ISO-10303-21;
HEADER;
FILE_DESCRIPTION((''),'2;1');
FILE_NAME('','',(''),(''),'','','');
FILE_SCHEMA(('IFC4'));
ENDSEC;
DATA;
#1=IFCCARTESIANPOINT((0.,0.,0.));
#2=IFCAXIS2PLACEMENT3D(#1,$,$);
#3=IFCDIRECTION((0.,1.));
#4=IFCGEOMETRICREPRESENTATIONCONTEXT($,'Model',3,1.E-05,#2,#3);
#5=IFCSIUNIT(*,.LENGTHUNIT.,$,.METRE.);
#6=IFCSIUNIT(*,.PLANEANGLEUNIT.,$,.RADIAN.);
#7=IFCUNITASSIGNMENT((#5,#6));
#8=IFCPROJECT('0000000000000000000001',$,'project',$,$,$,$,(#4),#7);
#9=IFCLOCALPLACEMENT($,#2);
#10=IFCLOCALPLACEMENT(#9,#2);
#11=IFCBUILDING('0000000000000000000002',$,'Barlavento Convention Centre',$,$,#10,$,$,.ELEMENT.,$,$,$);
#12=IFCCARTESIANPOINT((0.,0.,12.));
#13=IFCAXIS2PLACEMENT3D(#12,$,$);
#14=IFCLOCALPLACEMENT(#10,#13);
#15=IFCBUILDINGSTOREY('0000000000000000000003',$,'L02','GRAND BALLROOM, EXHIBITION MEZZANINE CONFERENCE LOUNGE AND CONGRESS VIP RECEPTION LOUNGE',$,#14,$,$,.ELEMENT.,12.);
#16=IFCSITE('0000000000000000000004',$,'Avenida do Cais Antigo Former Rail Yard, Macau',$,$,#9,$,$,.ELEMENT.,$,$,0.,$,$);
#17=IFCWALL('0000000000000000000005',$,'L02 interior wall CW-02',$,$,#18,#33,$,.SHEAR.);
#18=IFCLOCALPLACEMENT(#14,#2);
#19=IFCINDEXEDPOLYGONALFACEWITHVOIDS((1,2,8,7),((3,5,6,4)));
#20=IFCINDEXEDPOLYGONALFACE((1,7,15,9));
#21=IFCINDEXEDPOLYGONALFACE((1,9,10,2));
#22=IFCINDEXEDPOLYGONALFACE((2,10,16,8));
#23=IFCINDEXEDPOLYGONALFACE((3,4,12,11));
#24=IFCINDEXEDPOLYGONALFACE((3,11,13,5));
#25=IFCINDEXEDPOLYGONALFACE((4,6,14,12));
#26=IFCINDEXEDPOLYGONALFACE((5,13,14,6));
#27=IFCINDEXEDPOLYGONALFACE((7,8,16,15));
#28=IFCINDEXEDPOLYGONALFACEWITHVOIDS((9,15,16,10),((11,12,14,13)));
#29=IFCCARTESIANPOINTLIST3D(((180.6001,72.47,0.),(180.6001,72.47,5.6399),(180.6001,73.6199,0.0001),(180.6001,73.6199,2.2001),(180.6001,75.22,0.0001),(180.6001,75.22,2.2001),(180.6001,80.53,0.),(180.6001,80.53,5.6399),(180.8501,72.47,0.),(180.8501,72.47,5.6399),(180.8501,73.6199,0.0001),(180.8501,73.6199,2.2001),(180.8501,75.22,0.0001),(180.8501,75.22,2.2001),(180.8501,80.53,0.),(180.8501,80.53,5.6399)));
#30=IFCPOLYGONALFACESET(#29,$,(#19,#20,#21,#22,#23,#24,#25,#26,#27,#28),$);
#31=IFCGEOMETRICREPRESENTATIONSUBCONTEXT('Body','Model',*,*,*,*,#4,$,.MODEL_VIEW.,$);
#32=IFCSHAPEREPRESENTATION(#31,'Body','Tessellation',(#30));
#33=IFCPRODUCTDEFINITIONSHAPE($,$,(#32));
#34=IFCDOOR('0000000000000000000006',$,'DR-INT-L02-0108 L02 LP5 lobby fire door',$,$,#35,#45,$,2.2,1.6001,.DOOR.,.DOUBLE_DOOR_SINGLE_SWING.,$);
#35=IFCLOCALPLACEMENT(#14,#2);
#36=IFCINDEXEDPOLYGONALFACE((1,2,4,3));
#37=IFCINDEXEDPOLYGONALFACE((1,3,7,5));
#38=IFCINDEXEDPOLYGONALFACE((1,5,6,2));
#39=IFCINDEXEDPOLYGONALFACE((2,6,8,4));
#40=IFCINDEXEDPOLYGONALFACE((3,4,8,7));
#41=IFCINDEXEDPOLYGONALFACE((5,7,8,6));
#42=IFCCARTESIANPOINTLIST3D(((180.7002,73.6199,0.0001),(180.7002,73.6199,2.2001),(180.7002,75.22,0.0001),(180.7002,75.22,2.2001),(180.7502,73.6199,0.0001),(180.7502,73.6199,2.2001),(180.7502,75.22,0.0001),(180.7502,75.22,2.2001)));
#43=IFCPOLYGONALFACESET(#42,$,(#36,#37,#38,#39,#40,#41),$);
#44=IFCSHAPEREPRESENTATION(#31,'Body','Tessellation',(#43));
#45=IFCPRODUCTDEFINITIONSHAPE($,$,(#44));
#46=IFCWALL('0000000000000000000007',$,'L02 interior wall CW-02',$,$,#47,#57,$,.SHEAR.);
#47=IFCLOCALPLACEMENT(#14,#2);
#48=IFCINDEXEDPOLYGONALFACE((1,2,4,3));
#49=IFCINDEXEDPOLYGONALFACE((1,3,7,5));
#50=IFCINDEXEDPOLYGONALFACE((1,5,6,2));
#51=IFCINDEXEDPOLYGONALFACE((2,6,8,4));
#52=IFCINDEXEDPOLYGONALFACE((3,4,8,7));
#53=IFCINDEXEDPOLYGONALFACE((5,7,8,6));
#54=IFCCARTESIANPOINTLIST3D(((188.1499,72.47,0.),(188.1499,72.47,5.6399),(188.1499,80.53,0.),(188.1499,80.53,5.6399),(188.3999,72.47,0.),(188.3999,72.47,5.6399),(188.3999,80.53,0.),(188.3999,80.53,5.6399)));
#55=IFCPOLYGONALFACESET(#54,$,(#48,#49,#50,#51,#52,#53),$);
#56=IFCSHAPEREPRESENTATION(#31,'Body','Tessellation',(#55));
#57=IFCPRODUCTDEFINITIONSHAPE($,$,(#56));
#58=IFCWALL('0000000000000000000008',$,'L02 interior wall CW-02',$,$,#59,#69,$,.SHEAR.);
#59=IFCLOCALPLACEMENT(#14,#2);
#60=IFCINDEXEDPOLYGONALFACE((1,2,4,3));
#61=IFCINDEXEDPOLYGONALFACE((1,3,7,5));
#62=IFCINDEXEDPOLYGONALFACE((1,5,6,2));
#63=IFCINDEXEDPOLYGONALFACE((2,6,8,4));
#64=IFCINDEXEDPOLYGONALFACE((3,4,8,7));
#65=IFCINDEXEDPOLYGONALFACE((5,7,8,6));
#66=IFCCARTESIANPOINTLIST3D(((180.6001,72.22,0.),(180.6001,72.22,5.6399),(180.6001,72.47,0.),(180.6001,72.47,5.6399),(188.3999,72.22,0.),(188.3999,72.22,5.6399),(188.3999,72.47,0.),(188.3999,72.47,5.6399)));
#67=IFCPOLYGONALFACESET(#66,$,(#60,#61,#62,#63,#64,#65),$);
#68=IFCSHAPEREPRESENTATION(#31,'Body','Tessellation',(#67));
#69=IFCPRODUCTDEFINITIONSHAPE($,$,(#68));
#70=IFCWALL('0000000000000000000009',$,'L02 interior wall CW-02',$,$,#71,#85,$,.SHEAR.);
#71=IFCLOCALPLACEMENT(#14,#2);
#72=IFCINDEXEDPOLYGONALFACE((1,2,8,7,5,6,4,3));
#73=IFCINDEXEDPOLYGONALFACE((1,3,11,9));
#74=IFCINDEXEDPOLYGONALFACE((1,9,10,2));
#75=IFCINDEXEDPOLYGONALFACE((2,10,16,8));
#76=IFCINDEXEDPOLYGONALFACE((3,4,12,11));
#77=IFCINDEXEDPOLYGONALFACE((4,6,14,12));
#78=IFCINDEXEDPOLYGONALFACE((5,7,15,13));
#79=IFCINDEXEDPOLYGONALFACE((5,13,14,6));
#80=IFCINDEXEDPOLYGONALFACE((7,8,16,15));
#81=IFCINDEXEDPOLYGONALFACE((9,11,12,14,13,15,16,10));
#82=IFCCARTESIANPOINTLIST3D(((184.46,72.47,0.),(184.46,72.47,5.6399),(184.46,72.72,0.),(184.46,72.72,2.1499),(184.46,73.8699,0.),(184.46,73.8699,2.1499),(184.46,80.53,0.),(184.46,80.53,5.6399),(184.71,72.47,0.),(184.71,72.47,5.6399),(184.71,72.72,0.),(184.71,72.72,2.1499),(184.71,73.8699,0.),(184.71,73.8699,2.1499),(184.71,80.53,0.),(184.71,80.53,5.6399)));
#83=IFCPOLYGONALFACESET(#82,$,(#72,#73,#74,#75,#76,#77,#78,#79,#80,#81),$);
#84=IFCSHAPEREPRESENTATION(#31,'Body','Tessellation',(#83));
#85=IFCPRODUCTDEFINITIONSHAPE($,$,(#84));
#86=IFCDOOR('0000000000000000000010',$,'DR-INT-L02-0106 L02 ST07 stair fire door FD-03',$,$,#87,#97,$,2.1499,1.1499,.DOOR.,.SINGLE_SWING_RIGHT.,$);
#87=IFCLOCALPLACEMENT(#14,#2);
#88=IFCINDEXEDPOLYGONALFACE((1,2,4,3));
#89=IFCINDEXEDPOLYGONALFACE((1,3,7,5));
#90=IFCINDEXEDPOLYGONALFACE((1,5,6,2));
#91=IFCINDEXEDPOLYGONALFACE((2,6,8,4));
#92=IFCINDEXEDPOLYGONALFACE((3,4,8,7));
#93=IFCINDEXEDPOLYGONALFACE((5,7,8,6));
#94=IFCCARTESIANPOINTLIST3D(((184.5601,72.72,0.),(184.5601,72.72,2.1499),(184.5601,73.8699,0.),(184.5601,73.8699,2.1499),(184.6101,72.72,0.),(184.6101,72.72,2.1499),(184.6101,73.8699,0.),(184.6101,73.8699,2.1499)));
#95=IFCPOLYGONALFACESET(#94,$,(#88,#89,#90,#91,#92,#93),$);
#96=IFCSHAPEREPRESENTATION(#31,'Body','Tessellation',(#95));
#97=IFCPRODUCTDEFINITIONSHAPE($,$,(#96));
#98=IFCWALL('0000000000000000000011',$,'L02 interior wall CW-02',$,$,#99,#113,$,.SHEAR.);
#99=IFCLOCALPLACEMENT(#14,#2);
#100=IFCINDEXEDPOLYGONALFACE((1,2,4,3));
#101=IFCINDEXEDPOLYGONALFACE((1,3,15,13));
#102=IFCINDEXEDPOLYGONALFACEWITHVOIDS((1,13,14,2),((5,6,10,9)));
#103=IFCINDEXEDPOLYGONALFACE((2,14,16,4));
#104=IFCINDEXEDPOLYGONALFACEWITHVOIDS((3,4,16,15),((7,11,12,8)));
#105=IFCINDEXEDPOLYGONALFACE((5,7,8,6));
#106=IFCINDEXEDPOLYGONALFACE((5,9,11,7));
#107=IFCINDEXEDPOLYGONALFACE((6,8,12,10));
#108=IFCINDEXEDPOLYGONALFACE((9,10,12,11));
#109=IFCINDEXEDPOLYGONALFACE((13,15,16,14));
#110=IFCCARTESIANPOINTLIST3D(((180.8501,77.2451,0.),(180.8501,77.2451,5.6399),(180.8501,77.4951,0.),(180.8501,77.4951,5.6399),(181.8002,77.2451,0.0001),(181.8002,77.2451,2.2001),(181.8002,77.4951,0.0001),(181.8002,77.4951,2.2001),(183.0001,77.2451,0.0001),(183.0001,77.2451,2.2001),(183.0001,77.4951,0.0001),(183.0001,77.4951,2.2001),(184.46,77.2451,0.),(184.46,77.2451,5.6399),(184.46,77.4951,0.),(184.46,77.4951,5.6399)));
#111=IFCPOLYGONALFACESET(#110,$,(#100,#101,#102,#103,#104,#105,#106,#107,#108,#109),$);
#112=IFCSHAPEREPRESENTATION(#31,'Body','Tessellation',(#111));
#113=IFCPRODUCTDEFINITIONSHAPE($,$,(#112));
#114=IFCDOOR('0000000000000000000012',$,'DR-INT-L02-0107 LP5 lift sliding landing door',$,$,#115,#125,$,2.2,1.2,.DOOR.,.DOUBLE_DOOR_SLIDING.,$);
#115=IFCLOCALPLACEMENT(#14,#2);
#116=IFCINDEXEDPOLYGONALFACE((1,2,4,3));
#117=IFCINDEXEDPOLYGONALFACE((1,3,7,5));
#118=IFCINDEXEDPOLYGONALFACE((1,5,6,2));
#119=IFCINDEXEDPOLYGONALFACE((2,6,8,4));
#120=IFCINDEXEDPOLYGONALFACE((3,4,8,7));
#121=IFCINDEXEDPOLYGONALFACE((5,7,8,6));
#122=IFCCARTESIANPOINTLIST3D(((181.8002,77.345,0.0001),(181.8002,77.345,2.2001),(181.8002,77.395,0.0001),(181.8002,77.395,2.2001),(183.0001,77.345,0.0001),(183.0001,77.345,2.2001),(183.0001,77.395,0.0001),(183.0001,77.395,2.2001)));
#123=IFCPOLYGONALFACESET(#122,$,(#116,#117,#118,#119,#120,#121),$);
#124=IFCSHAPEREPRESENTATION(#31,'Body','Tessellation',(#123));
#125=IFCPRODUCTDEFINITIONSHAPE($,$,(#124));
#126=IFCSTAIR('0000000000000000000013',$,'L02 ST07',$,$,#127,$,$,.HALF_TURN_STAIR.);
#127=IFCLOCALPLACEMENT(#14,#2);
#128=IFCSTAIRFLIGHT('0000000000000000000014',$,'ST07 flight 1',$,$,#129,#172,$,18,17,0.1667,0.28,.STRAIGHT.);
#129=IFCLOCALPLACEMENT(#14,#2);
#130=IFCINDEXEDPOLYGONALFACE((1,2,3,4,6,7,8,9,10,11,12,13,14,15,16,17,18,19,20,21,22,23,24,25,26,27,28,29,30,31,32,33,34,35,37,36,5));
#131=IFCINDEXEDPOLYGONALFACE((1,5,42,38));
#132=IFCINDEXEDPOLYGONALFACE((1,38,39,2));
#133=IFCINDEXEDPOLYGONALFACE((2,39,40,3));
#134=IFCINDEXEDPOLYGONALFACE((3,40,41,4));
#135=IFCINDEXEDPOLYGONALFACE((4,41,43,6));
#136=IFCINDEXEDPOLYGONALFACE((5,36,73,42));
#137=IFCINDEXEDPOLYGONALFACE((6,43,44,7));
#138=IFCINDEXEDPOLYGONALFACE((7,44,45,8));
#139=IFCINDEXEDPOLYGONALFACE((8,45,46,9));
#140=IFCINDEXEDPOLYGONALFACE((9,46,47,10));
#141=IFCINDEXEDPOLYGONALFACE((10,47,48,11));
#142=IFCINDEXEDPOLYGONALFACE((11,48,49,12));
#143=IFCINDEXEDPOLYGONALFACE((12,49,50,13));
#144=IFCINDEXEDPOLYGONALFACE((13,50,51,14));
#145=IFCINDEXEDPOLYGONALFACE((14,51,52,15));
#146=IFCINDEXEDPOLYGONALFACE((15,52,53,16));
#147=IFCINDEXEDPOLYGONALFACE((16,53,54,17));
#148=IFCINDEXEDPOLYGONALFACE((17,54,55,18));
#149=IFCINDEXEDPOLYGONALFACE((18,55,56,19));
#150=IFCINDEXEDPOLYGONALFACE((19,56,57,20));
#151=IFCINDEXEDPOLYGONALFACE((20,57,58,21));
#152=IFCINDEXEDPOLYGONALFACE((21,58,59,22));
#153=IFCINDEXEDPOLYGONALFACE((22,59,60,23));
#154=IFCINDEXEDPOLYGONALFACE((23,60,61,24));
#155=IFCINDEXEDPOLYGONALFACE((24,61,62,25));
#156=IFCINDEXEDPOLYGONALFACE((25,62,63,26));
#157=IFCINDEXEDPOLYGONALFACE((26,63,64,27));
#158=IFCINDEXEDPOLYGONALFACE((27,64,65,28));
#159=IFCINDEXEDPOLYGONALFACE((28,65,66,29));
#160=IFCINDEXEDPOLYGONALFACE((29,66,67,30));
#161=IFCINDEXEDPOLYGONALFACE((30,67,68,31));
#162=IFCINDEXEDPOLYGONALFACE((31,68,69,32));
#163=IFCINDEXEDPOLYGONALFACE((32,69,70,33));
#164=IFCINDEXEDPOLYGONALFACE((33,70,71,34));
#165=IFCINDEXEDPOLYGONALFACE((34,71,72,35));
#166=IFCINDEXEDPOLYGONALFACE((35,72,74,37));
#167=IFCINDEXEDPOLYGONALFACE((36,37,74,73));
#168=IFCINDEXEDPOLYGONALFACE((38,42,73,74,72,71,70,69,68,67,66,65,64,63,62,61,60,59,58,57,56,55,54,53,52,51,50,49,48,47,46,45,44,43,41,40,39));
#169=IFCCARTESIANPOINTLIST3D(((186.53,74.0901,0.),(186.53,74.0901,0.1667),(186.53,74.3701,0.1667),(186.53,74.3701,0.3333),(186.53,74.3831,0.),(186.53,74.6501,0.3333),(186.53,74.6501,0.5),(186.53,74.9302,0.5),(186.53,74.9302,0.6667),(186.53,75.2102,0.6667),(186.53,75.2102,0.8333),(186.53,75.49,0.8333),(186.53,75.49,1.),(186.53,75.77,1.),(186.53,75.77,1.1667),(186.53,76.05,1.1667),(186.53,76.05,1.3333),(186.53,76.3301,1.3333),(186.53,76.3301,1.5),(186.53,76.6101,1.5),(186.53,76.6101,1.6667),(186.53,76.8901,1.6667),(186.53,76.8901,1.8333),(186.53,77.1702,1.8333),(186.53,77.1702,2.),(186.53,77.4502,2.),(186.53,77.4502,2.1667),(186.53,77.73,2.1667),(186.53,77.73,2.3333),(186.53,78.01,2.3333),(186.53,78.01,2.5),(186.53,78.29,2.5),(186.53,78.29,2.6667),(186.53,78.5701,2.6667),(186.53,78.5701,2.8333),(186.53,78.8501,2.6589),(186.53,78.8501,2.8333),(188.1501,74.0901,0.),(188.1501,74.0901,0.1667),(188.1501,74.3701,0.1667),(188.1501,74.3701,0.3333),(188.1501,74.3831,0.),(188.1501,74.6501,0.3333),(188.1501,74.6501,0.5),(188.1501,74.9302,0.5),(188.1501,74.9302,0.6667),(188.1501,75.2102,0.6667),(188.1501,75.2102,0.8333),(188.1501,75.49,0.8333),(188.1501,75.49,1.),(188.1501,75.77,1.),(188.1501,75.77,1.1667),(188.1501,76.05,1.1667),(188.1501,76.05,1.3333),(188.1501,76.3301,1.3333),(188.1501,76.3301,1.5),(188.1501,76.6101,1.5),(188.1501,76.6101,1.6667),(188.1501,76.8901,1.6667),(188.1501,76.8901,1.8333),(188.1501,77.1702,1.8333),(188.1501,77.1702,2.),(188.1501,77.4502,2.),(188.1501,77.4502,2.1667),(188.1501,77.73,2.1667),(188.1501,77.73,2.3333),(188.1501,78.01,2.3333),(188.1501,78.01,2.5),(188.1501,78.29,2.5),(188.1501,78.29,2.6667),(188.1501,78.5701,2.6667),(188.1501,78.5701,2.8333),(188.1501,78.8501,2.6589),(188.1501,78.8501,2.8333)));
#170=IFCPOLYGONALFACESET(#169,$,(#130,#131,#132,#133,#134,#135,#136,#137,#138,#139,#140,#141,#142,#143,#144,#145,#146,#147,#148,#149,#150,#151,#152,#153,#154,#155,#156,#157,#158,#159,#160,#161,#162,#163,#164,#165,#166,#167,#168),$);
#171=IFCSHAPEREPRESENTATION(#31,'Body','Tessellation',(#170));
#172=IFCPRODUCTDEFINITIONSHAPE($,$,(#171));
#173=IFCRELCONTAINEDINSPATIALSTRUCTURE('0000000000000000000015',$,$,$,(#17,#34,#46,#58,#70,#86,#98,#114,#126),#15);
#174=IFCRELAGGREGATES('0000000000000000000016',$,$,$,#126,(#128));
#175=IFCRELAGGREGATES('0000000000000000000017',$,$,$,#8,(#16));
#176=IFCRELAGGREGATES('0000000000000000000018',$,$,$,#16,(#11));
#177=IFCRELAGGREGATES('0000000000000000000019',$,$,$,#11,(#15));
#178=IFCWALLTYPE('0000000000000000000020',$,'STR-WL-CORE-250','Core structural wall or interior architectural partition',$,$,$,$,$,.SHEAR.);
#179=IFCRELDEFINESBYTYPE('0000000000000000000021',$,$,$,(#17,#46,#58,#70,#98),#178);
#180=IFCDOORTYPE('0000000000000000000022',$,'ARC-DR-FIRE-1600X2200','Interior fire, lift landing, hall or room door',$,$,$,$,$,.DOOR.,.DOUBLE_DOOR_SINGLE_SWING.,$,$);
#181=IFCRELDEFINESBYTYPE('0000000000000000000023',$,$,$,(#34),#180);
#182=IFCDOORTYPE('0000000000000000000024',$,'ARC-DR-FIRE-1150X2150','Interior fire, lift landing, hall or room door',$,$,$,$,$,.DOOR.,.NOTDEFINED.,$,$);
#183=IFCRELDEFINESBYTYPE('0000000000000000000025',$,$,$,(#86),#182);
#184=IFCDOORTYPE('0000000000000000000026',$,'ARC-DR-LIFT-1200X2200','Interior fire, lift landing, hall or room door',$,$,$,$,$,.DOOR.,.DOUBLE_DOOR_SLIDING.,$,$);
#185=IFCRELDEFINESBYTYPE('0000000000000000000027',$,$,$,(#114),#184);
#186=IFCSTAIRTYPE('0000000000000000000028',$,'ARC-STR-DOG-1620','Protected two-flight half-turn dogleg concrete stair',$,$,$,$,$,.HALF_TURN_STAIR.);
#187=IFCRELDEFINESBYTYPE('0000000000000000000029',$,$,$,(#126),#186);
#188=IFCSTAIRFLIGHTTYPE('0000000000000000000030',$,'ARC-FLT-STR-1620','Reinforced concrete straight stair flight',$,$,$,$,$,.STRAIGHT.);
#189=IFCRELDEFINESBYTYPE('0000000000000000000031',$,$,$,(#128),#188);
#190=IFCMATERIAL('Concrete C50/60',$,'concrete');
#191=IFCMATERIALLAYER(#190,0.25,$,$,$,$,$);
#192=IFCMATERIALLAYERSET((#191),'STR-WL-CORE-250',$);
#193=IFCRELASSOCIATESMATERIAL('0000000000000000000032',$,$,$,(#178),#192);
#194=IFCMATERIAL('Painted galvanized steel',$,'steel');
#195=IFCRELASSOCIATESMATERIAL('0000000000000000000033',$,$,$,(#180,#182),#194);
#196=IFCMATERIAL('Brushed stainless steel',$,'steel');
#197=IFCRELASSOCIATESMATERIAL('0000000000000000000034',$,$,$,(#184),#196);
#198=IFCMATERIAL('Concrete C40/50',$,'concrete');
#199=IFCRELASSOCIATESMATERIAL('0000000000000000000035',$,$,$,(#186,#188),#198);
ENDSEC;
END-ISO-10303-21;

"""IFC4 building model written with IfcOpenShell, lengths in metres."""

from ifc_helpers import new_model, si_unit, direction, frame, frame_2d, origin, place, context, subcontext, project, spatial, polyline, rectangle, outline, extrude, material, layer, layer_set, type_object, element, fill, aggregate, save


model = new_model("IFC4")

# Units and contexts
model_context = context("Model", 3, precision=1e-05, world=origin(), true_north=direction((0.0, 1.0)))
body_context = subcontext(model_context, "Body", "Model", "MODEL_VIEW")
ifc_project = project(units=[si_unit("LENGTHUNIT", "METRE"), si_unit("PLANEANGLEUNIT", "RADIAN")], contexts=[model_context])

# Site, building, storey
site_placement = place(None, origin())
site = spatial("IfcSite", under=ifc_project, at=site_placement, Name="Avenida do Cais Antigo Former Rail Yard, Macau", CompositionType="ELEMENT", RefElevation=0.0)
building_placement = place(site_placement, origin())
building = spatial("IfcBuilding", under=site, at=building_placement, Name="Barlavento Convention Centre", CompositionType="ELEMENT")
storey_placement = place(building_placement, frame((0.0, 0.0, 12.0)))
storey = spatial("IfcBuildingStorey", under=building, at=storey_placement, Name="L02", Description="GRAND BALLROOM, EXHIBITION MEZZANINE CONFERENCE LOUNGE AND CONGRESS VIP RECEPTION LOUNGE", CompositionType="ELEMENT", Elevation=12.0)

# Wall, opening, door
ifc_material_1 = material(Name="Concrete C50/60", Category="concrete")
ifc_layer_1 = layer(ifc_material_1, 0.25)
ifc_layer_set_1 = layer_set([ifc_layer_1], Name="STR-WL-CORE-250")
wall_type = type_object("IfcWallType", Name="STR-WL-CORE-250", Description="Core structural wall or interior architectural partition", PredefinedType="SHEAR", material=ifc_layer_set_1)
wall_1_placement = place(storey_placement, frame((180.7251, 72.47, 0.0), z_axis=(0.0, 0.0, 1.0), x_axis=(0.0, 1.0, 0.0)))
wall_1 = element("IfcWall", 1, at=wall_1_placement, inside=storey, type_object=wall_type, Name="L02 interior wall CW-02", PredefinedType="SHEAR", context=body_context, shape_type="SweptSolid", body=[
    extrude(rectangle(XDim=8.0601, YDim=0.25, at=frame_2d((4.03, 0.0))), origin(), (0.0, 0.0, 1.0), 5.6399),
])
opening_1_placement = place(wall_1_placement, frame((1.1499, 0.0, 0.0)))
opening_1 = element("IfcOpeningElement", 2, at=opening_1_placement, cuts=wall_1, PredefinedType="OPENING", context=body_context, shape_type="SweptSolid", body=[
    extrude(rectangle(XDim=1.6001, YDim=2.2, at=frame_2d((0.8, 1.1001))), frame((0.0, 0.135, 0.0), z_axis=(0.0, -1.0, 0.0), x_axis=(1.0, 0.0, 0.0)), (0.0, 0.0, 1.0), 0.27),
])
ifc_material_2 = material(Name="Painted galvanized steel", Category="steel")
door_type_1 = type_object("IfcDoorType", Name="ARC-DR-FIRE-1600X2200", Description="Interior fire, lift landing, hall or room door", OperationType="DOUBLE_DOOR_SINGLE_SWING", PredefinedType="DOOR", material=ifc_material_2)
door_1_placement = place(opening_1_placement, origin())
door_1 = element("IfcDoor", 3, at=door_1_placement, inside=storey, type_object=door_type_1, Name="DR-INT-L02-0108 L02 LP5 lobby fire door", OperationType="DOUBLE_DOOR_SINGLE_SWING", OverallHeight=2.2, OverallWidth=1.6001, PredefinedType="DOOR", context=body_context, shape_type="SweptSolid", body=[
    extrude(rectangle(XDim=1.6001, YDim=2.2, at=frame_2d((0.8, 1.1001))), frame((0.0, 0.0249, 0.0), z_axis=(0.0, -1.0, 0.0), x_axis=(1.0, 0.0, 0.0)), (0.0, 0.0, 1.0), 0.05),
])
fill(opening_1, door_1)

# Walls
wall_2_placement = place(storey_placement, frame((188.2749, 72.47, 0.0), z_axis=(0.0, 0.0, 1.0), x_axis=(0.0, 1.0, 0.0)))
element("IfcWall", 4, at=wall_2_placement, inside=storey, type_object=wall_type, Name="L02 interior wall CW-02", PredefinedType="SHEAR", context=body_context, shape_type="SweptSolid", body=[
    extrude(rectangle(XDim=8.0601, YDim=0.25, at=frame_2d((4.03, 0.0))), origin(), (0.0, 0.0, 1.0), 5.6399),
])
wall_3_placement = place(storey_placement, frame((180.6001, 72.345, 0.0), z_axis=(0.0, 0.0, 1.0), x_axis=(1.0, 0.0, 0.0)))
element("IfcWall", 5, at=wall_3_placement, inside=storey, type_object=wall_type, Name="L02 interior wall CW-02", PredefinedType="SHEAR", context=body_context, shape_type="SweptSolid", body=[
    extrude(rectangle(XDim=7.7998, YDim=0.25, at=frame_2d((3.8999, 0.0))), origin(), (0.0, 0.0, 1.0), 5.6399),
])

# Walls, openings, doors
wall_4_placement = place(storey_placement, frame((184.585, 72.47, 0.0), z_axis=(0.0, 0.0, 1.0), x_axis=(0.0, 1.0, 0.0)))
wall_4 = element("IfcWall", 6, at=wall_4_placement, inside=storey, type_object=wall_type, Name="L02 interior wall CW-02", PredefinedType="SHEAR", context=body_context, shape_type="SweptSolid", body=[
    extrude(rectangle(XDim=8.0601, YDim=0.25, at=frame_2d((4.03, 0.0))), origin(), (0.0, 0.0, 1.0), 5.6399),
])
opening_2_placement = place(wall_4_placement, frame((0.25, 0.0, 0.0)))
opening_2 = element("IfcOpeningElement", 7, at=opening_2_placement, cuts=wall_4, PredefinedType="OPENING", context=body_context, shape_type="SweptSolid", body=[
    extrude(rectangle(XDim=1.1499, YDim=2.1499, at=frame_2d((0.575, 1.075))), frame((0.0, 0.135, 0.0), z_axis=(0.0, -1.0, 0.0), x_axis=(1.0, 0.0, 0.0)), (0.0, 0.0, 1.0), 0.27),
])
door_type_2 = type_object("IfcDoorType", Name="ARC-DR-FIRE-1150X2150", Description="Interior fire, lift landing, hall or room door", OperationType="NOTDEFINED", PredefinedType="DOOR", material=ifc_material_2)
door_2_placement = place(opening_2_placement, origin())
door_2 = element("IfcDoor", 8, at=door_2_placement, inside=storey, type_object=door_type_2, Name="DR-INT-L02-0106 L02 ST07 stair fire door FD-03", OperationType="SINGLE_SWING_RIGHT", OverallHeight=2.1499, OverallWidth=1.1499, PredefinedType="DOOR", context=body_context, shape_type="SweptSolid", body=[
    extrude(rectangle(XDim=1.1499, YDim=2.1499, at=frame_2d((0.575, 1.075))), frame((0.0, 0.0249, 0.0), z_axis=(0.0, -1.0, 0.0), x_axis=(1.0, 0.0, 0.0)), (0.0, 0.0, 1.0), 0.05),
])
fill(opening_2, door_2)
wall_5_placement = place(storey_placement, frame((180.8501, 77.3701, 0.0), z_axis=(0.0, 0.0, 1.0), x_axis=(1.0, 0.0, 0.0)))
wall_5 = element("IfcWall", 9, at=wall_5_placement, inside=storey, type_object=wall_type, Name="L02 interior wall CW-02", PredefinedType="SHEAR", context=body_context, shape_type="SweptSolid", body=[
    extrude(rectangle(XDim=3.6099, YDim=0.25, at=frame_2d((1.8049, 0.0))), origin(), (0.0, 0.0, 1.0), 5.6399),
])
opening_3_placement = place(wall_5_placement, frame((0.95, 0.0, 0.0)))
opening_3 = element("IfcOpeningElement", 10, at=opening_3_placement, cuts=wall_5, PredefinedType="OPENING", context=body_context, shape_type="SweptSolid", body=[
    extrude(rectangle(XDim=1.2, YDim=2.2, at=frame_2d((0.6001, 1.1001))), frame((0.0, 0.135, 0.0), z_axis=(0.0, -1.0, 0.0), x_axis=(1.0, 0.0, 0.0)), (0.0, 0.0, 1.0), 0.27),
])
ifc_material_3 = material(Name="Brushed stainless steel", Category="steel")
door_type_3 = type_object("IfcDoorType", Name="ARC-DR-LIFT-1200X2200", Description="Interior fire, lift landing, hall or room door", OperationType="DOUBLE_DOOR_SLIDING", PredefinedType="DOOR", material=ifc_material_3)
door_3_placement = place(opening_3_placement, origin())
door_3 = element("IfcDoor", 11, at=door_3_placement, inside=storey, type_object=door_type_3, Name="DR-INT-L02-0107 LP5 lift sliding landing door", OperationType="DOUBLE_DOOR_SLIDING", OverallHeight=2.2, OverallWidth=1.2, PredefinedType="DOOR", context=body_context, shape_type="SweptSolid", body=[
    extrude(rectangle(XDim=1.2, YDim=2.2, at=frame_2d((0.6001, 1.1001))), frame((0.0, 0.0249, 0.0), z_axis=(0.0, -1.0, 0.0), x_axis=(1.0, 0.0, 0.0)), (0.0, 0.0, 1.0), 0.05),
])
fill(opening_3, door_3)

# Stair, stair flight
ifc_material_4 = material(Name="Concrete C40/50", Category="concrete")
stair_type = type_object("IfcStairType", Name="ARC-STR-DOG-1620", Description="Protected two-flight half-turn dogleg concrete stair", PredefinedType="HALF_TURN_STAIR", material=ifc_material_4)
stair_placement = place(storey_placement, origin())
stair = element("IfcStair", 12, at=stair_placement, inside=storey, type_object=stair_type, Name="L02 ST07", PredefinedType="HALF_TURN_STAIR")
stair_flight_type = type_object("IfcStairFlightType", Name="ARC-FLT-STR-1620", Description="Reinforced concrete straight stair flight", PredefinedType="STRAIGHT", material=ifc_material_4)
stair_flight_placement = place(storey_placement, frame((187.3401, 74.0901, 0.0), z_axis=(0.0, 0.0, 1.0), x_axis=(0.0, 1.0, 0.0)))
stair_flight = element("IfcStairFlight", 13, at=stair_flight_placement, type_object=stair_flight_type, Name="ST07 flight 1", NumberOfRisers=18, NumberOfTreads=17, PredefinedType="STRAIGHT", RiserHeight=0.1667, TreadLength=0.28, context=body_context, shape_type="SweptSolid", body=[
    extrude(outline(polyline([(0.0, 0.0), (0.0, 0.1667), (0.28, 0.1667), (0.28, 0.3333), (0.5601, 0.3333), (0.5601, 0.5), (0.8401, 0.5), (0.8401, 0.6667), (1.1201, 0.6667), (1.1201, 0.8333), (1.3999, 0.8333), (1.3999, 1.0), (1.6799, 1.0), (1.6799, 1.1667), (1.96, 1.1667), (1.96, 1.3333), (2.24, 1.3333), (2.24, 1.5), (2.52, 1.5), (2.52, 1.6667), (2.8, 1.6667), (2.8, 1.8333), (3.0801, 1.8333), (3.0801, 2.0), (3.3601, 2.0), (3.3601, 2.1667), (3.6399, 2.1667), (3.6399, 2.3333), (3.9199, 2.3333), (3.9199, 2.5), (4.2, 2.5), (4.2, 2.6667), (4.48, 2.6667), (4.48, 2.8333), (4.76, 2.8333), (4.76, 3.0), (4.76, 2.6589), (0.293, 0.0), (0.0, 0.0)])), frame((0.0, 0.8101, 0.0), z_axis=(0.0, -1.0, 0.0), x_axis=(1.0, 0.0, 0.0)), (0.0, 0.0, 1.0), 1.6201),
])
aggregate(stair, [stair_flight])

save(model, "model.ifc")
